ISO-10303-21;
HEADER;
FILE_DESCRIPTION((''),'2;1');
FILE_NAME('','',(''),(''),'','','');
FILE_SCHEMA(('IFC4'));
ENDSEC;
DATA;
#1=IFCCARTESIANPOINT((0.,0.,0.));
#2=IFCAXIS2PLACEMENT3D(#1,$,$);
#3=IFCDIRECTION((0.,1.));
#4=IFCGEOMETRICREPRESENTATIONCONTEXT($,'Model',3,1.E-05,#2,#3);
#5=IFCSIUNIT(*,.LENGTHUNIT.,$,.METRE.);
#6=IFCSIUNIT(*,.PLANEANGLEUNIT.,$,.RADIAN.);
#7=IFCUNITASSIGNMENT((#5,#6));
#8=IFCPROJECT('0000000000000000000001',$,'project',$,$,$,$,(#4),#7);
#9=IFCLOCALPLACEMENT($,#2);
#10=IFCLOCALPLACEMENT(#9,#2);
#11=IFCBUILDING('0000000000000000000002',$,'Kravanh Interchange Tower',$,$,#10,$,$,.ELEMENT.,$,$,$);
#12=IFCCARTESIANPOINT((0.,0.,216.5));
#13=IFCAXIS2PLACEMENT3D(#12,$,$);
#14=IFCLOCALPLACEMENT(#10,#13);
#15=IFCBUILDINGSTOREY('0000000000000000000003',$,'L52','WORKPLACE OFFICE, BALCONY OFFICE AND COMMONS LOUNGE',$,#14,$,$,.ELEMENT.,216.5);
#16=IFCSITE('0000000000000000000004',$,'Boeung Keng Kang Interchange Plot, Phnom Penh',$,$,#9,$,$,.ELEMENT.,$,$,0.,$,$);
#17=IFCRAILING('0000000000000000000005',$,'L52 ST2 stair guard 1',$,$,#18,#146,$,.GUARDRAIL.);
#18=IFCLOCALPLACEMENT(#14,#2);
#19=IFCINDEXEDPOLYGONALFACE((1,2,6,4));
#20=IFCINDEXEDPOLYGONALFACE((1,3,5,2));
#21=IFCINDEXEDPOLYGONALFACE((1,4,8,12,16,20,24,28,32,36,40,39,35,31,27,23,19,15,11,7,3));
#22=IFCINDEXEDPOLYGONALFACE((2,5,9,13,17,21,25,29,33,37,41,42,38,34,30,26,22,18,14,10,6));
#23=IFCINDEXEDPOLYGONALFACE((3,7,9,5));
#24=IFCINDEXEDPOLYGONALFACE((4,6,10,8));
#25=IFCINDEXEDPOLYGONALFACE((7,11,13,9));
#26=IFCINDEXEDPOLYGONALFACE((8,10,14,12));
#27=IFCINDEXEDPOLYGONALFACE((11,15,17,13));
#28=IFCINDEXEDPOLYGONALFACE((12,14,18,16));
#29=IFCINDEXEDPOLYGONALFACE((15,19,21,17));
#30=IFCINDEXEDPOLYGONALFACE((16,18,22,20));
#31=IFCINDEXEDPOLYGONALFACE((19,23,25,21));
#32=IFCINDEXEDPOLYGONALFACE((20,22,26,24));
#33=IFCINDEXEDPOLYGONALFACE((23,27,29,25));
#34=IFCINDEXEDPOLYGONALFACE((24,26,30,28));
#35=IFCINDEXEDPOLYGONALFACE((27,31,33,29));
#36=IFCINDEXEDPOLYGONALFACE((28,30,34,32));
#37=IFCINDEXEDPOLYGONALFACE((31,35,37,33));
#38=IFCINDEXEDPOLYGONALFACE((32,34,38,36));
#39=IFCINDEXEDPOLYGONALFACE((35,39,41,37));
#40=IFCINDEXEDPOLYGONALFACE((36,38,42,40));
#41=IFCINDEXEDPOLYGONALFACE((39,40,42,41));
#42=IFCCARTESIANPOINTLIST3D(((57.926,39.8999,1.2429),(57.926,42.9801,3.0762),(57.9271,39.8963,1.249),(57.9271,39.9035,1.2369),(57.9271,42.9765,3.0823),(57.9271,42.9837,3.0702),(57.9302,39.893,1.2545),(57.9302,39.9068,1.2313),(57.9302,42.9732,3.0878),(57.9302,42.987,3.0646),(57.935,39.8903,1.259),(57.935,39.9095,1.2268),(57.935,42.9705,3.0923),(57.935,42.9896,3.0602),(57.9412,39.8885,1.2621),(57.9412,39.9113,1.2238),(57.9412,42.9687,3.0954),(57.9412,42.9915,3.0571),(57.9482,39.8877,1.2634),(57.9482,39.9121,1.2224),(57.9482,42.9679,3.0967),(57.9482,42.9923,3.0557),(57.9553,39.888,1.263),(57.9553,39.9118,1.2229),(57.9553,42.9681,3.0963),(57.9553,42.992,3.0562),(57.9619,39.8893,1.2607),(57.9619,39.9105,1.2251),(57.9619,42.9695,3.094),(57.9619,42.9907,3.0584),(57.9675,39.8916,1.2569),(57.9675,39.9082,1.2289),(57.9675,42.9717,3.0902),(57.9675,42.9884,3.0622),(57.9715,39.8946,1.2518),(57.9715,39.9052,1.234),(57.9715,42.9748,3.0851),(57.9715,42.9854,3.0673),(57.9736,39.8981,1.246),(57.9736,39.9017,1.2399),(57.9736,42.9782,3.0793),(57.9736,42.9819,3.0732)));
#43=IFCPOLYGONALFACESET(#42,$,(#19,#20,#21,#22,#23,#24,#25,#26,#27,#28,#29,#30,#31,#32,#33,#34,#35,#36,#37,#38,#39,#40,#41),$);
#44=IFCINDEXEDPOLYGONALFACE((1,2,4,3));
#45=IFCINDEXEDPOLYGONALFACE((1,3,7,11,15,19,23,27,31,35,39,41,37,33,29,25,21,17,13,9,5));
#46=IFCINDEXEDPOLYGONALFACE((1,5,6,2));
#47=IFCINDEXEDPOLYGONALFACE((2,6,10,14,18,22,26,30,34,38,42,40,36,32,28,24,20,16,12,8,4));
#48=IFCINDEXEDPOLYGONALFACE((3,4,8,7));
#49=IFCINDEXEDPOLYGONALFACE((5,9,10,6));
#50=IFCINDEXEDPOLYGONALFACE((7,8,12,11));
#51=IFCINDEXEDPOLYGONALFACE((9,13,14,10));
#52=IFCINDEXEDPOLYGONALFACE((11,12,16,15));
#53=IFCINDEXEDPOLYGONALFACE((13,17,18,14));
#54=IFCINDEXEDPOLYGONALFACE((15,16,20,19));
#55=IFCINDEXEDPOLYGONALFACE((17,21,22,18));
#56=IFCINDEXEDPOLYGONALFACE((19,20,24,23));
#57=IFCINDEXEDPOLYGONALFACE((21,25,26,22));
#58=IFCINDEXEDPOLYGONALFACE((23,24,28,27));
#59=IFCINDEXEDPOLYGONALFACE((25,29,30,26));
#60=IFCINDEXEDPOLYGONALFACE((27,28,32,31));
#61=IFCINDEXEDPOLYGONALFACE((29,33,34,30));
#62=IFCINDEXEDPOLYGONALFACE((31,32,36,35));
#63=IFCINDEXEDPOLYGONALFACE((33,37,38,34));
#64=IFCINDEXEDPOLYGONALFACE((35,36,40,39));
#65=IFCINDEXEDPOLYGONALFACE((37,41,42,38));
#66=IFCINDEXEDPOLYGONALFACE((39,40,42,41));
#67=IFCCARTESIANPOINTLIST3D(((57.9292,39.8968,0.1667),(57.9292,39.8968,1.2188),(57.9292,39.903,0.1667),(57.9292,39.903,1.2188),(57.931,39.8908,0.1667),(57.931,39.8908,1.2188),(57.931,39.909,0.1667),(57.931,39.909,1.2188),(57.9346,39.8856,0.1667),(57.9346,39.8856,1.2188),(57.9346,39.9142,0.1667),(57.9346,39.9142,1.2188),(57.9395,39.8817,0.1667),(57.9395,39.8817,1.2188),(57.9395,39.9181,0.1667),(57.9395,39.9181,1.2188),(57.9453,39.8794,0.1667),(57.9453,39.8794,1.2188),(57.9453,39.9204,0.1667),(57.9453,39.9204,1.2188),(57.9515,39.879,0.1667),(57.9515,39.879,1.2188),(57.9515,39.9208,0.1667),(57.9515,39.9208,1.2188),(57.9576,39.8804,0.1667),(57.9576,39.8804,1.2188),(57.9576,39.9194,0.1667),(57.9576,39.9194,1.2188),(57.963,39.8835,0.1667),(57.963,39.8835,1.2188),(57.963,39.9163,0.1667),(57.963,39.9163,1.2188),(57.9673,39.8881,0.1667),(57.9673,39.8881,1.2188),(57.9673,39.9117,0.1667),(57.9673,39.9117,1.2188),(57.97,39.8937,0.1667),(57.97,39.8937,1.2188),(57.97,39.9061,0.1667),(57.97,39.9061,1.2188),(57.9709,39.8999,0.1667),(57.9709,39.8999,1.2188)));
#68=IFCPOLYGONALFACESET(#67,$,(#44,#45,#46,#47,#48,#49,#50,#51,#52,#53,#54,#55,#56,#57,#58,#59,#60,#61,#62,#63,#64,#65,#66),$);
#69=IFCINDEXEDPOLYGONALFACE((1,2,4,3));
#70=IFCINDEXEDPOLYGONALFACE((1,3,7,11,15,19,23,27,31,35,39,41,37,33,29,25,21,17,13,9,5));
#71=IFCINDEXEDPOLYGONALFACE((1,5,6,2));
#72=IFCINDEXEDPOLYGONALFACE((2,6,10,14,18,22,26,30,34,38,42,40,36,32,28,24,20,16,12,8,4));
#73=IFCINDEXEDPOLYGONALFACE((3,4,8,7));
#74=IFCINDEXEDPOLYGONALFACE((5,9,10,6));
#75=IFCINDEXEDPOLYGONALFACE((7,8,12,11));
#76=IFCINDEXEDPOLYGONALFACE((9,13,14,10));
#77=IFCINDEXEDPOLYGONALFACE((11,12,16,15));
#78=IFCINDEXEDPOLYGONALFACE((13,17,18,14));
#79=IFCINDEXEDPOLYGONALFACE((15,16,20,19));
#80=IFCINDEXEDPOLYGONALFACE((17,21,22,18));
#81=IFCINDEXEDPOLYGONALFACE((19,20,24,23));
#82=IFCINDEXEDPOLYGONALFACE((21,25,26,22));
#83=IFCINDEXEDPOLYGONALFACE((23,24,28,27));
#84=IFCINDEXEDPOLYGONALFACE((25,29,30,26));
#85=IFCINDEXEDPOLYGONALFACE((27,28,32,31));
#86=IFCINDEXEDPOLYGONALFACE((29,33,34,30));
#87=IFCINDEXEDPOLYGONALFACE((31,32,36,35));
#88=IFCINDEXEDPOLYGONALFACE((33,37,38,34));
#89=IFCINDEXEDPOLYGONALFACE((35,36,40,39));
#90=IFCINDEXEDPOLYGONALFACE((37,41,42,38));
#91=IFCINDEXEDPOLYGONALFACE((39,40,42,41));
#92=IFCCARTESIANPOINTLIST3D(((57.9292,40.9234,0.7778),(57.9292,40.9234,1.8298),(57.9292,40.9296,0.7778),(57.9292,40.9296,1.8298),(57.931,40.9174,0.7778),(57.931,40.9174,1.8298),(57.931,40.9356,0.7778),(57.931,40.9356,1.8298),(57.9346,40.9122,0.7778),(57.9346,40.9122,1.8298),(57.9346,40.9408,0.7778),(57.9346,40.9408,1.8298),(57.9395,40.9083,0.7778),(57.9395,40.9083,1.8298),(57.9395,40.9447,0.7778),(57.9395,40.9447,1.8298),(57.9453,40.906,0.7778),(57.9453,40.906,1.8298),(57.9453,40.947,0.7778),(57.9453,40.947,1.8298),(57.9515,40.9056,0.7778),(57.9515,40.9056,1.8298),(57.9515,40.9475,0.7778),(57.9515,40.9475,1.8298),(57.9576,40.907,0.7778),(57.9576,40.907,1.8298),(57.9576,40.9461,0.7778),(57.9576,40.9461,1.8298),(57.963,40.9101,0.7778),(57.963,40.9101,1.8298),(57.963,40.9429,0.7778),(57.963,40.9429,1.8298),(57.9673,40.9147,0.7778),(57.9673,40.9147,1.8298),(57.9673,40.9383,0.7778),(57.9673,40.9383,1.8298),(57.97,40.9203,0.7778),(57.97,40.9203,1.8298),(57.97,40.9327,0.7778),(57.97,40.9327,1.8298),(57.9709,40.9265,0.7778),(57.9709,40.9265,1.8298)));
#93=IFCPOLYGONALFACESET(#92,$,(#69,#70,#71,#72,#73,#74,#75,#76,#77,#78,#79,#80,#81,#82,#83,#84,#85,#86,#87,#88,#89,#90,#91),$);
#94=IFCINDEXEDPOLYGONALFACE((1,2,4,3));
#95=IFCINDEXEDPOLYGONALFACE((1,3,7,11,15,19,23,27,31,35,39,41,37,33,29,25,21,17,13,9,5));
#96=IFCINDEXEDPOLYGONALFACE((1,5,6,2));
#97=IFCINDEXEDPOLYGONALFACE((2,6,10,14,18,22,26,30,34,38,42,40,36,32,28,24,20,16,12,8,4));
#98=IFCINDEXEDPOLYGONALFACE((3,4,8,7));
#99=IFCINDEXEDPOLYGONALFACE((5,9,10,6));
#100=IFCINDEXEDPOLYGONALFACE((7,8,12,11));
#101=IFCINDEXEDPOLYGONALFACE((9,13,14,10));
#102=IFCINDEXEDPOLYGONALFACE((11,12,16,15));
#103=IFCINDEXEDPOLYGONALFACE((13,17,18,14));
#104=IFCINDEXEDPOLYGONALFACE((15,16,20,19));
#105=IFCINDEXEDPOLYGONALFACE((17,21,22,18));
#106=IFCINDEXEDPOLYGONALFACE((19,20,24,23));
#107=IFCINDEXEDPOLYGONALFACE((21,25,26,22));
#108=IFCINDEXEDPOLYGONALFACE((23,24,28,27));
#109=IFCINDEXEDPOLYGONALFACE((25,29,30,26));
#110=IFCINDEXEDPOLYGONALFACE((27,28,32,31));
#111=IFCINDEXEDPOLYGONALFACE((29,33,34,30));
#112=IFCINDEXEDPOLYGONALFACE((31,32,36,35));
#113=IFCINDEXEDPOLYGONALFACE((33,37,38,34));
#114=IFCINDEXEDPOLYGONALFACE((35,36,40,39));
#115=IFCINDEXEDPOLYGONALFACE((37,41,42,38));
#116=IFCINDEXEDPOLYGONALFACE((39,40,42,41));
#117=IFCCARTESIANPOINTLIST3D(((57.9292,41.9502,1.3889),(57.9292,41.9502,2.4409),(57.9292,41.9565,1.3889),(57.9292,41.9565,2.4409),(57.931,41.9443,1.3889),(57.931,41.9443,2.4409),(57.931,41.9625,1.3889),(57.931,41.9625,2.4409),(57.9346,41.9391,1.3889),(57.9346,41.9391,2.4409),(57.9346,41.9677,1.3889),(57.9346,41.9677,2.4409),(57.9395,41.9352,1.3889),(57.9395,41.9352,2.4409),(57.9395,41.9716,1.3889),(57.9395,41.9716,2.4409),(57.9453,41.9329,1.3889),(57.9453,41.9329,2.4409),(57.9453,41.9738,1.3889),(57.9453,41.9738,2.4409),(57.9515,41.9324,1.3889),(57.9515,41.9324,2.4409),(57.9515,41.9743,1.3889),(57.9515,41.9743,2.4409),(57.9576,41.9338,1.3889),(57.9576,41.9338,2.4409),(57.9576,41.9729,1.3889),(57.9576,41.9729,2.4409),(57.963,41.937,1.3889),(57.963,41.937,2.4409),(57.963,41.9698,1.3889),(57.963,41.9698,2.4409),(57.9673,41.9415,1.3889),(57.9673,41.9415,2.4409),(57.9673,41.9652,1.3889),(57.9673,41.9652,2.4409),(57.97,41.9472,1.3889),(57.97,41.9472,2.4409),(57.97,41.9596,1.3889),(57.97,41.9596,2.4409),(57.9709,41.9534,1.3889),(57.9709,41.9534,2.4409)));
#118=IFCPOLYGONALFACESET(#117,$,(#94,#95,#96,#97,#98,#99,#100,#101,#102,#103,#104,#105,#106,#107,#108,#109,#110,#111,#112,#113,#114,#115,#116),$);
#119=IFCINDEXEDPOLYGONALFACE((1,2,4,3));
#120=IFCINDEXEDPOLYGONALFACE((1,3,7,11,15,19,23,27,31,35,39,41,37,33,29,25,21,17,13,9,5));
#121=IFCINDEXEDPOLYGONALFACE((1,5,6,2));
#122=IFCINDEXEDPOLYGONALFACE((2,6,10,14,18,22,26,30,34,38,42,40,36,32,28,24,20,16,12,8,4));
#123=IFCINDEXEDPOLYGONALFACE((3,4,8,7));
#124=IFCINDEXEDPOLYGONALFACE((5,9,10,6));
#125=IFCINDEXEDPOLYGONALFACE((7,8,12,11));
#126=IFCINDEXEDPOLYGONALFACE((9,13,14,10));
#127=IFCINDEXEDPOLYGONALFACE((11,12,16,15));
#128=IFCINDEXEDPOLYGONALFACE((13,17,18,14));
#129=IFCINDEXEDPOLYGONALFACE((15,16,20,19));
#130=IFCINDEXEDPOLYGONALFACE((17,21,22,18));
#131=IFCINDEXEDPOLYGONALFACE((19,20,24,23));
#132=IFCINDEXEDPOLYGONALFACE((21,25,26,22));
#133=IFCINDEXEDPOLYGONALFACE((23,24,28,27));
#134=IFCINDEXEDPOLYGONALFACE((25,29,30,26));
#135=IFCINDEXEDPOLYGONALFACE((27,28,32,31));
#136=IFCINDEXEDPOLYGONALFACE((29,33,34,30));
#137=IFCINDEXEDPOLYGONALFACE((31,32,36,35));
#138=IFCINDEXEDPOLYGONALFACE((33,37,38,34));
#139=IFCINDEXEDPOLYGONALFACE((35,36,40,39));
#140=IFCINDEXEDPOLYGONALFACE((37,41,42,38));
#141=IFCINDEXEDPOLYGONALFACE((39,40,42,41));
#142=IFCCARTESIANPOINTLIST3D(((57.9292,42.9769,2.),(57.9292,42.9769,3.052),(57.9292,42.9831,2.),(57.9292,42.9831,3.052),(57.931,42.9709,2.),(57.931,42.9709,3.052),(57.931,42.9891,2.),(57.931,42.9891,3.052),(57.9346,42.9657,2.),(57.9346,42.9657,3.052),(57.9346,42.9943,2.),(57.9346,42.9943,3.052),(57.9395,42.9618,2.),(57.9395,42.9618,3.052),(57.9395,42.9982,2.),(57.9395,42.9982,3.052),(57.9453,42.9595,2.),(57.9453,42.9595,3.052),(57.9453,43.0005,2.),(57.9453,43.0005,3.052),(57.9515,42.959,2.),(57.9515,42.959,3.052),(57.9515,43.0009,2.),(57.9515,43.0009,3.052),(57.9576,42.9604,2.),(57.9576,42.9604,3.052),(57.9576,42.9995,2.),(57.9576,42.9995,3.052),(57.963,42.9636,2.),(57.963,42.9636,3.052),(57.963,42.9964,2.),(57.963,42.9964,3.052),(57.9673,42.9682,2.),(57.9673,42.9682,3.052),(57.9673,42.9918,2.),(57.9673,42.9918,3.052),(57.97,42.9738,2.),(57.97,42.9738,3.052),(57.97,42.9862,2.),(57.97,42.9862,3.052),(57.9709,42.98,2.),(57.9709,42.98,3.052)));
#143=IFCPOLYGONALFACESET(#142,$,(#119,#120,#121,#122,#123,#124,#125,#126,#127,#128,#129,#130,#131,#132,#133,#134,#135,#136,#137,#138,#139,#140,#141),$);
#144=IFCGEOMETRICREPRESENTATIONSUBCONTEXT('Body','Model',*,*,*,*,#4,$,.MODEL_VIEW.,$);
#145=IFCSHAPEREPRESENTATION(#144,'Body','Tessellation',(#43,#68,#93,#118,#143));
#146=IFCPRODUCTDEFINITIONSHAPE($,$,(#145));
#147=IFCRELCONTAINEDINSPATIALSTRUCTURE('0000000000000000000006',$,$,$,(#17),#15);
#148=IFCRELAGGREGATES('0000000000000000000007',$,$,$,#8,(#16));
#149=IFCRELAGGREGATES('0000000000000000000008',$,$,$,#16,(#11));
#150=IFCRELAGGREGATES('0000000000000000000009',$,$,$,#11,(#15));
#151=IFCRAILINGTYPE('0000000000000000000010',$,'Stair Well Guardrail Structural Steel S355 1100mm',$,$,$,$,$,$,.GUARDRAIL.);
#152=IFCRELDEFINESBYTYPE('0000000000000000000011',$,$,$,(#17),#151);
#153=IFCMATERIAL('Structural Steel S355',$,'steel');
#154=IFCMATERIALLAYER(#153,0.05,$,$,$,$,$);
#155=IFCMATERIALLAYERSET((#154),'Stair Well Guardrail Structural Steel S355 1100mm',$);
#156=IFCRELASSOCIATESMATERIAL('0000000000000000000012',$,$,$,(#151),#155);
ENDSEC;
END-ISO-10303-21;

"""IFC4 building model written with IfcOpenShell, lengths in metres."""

from ifc_helpers import new_model, si_unit, direction, frame, origin, origin_2d, place, context, subcontext, project, spatial, circle, extrude, material, layer, layer_set, type_object, element, save


model = new_model("IFC4")

# Units and contexts
model_context = context("Model", 3, precision=1e-05, world=origin(), true_north=direction((0.0, 1.0)))
body_context = subcontext(model_context, "Body", "Model", "MODEL_VIEW")
ifc_project = project(units=[si_unit("LENGTHUNIT", "METRE"), si_unit("PLANEANGLEUNIT", "RADIAN")], contexts=[model_context])

# Site, building, storey
site_placement = place(None, origin())
site = spatial("IfcSite", under=ifc_project, at=site_placement, Name="Boeung Keng Kang Interchange Plot, Phnom Penh", CompositionType="ELEMENT", RefElevation=0.0)
building_placement = place(site_placement, origin())
building = spatial("IfcBuilding", under=site, at=building_placement, Name="Kravanh Interchange Tower", CompositionType="ELEMENT")
storey_placement = place(building_placement, frame((0.0, 0.0, 216.5)))
storey = spatial("IfcBuildingStorey", under=building, at=storey_placement, Name="L52", Description="WORKPLACE OFFICE, BALCONY OFFICE AND COMMONS LOUNGE", CompositionType="ELEMENT", Elevation=216.5)

# Railing
ifc_material_1 = material(Name="Structural Steel S355", Category="steel")
ifc_layer_1 = layer(ifc_material_1, 0.05)
ifc_layer_set_1 = layer_set([ifc_layer_1], Name="Stair Well Guardrail Structural Steel S355 1100mm")
railing_type_1 = type_object("IfcRailingType", Name="Stair Well Guardrail Structural Steel S355 1100mm", PredefinedType="GUARDRAIL", material=ifc_layer_set_1)
railing_1_placement = place(storey_placement, frame((57.95, 39.8999, 0.1667)))
element("IfcRailing", 1, at=railing_1_placement, inside=storey, type_object=railing_type_1, Name="L52 ST2 stair guard 1", PredefinedType="GUARDRAIL", context=body_context, shape_type="SweptSolid", body=[
    extrude(circle(Radius=0.0239, at=origin_2d()), frame((0.0, 0.0, 1.0762), z_axis=(0.0, 0.859309, 0.511458), x_axis=(-1.0, 0.0, 0.0)), (0.0, 0.0, 1.0), 3.5845),
    extrude(circle(Radius=0.021, at=origin_2d()), origin(), (0.0, 0.0, 1.0), 1.052),
    extrude(circle(Radius=0.021, at=origin_2d()), frame((0.0, 1.0266, 0.6111)), (0.0, 0.0, 1.0), 1.052),
    extrude(circle(Radius=0.021, at=origin_2d()), frame((0.0, 2.0535, 1.2222)), (0.0, 0.0, 1.0), 1.052),
    extrude(circle(Radius=0.021, at=origin_2d()), frame((0.0, 3.0801, 1.8333)), (0.0, 0.0, 1.0), 1.052),
])

save(model, "model.ifc")
